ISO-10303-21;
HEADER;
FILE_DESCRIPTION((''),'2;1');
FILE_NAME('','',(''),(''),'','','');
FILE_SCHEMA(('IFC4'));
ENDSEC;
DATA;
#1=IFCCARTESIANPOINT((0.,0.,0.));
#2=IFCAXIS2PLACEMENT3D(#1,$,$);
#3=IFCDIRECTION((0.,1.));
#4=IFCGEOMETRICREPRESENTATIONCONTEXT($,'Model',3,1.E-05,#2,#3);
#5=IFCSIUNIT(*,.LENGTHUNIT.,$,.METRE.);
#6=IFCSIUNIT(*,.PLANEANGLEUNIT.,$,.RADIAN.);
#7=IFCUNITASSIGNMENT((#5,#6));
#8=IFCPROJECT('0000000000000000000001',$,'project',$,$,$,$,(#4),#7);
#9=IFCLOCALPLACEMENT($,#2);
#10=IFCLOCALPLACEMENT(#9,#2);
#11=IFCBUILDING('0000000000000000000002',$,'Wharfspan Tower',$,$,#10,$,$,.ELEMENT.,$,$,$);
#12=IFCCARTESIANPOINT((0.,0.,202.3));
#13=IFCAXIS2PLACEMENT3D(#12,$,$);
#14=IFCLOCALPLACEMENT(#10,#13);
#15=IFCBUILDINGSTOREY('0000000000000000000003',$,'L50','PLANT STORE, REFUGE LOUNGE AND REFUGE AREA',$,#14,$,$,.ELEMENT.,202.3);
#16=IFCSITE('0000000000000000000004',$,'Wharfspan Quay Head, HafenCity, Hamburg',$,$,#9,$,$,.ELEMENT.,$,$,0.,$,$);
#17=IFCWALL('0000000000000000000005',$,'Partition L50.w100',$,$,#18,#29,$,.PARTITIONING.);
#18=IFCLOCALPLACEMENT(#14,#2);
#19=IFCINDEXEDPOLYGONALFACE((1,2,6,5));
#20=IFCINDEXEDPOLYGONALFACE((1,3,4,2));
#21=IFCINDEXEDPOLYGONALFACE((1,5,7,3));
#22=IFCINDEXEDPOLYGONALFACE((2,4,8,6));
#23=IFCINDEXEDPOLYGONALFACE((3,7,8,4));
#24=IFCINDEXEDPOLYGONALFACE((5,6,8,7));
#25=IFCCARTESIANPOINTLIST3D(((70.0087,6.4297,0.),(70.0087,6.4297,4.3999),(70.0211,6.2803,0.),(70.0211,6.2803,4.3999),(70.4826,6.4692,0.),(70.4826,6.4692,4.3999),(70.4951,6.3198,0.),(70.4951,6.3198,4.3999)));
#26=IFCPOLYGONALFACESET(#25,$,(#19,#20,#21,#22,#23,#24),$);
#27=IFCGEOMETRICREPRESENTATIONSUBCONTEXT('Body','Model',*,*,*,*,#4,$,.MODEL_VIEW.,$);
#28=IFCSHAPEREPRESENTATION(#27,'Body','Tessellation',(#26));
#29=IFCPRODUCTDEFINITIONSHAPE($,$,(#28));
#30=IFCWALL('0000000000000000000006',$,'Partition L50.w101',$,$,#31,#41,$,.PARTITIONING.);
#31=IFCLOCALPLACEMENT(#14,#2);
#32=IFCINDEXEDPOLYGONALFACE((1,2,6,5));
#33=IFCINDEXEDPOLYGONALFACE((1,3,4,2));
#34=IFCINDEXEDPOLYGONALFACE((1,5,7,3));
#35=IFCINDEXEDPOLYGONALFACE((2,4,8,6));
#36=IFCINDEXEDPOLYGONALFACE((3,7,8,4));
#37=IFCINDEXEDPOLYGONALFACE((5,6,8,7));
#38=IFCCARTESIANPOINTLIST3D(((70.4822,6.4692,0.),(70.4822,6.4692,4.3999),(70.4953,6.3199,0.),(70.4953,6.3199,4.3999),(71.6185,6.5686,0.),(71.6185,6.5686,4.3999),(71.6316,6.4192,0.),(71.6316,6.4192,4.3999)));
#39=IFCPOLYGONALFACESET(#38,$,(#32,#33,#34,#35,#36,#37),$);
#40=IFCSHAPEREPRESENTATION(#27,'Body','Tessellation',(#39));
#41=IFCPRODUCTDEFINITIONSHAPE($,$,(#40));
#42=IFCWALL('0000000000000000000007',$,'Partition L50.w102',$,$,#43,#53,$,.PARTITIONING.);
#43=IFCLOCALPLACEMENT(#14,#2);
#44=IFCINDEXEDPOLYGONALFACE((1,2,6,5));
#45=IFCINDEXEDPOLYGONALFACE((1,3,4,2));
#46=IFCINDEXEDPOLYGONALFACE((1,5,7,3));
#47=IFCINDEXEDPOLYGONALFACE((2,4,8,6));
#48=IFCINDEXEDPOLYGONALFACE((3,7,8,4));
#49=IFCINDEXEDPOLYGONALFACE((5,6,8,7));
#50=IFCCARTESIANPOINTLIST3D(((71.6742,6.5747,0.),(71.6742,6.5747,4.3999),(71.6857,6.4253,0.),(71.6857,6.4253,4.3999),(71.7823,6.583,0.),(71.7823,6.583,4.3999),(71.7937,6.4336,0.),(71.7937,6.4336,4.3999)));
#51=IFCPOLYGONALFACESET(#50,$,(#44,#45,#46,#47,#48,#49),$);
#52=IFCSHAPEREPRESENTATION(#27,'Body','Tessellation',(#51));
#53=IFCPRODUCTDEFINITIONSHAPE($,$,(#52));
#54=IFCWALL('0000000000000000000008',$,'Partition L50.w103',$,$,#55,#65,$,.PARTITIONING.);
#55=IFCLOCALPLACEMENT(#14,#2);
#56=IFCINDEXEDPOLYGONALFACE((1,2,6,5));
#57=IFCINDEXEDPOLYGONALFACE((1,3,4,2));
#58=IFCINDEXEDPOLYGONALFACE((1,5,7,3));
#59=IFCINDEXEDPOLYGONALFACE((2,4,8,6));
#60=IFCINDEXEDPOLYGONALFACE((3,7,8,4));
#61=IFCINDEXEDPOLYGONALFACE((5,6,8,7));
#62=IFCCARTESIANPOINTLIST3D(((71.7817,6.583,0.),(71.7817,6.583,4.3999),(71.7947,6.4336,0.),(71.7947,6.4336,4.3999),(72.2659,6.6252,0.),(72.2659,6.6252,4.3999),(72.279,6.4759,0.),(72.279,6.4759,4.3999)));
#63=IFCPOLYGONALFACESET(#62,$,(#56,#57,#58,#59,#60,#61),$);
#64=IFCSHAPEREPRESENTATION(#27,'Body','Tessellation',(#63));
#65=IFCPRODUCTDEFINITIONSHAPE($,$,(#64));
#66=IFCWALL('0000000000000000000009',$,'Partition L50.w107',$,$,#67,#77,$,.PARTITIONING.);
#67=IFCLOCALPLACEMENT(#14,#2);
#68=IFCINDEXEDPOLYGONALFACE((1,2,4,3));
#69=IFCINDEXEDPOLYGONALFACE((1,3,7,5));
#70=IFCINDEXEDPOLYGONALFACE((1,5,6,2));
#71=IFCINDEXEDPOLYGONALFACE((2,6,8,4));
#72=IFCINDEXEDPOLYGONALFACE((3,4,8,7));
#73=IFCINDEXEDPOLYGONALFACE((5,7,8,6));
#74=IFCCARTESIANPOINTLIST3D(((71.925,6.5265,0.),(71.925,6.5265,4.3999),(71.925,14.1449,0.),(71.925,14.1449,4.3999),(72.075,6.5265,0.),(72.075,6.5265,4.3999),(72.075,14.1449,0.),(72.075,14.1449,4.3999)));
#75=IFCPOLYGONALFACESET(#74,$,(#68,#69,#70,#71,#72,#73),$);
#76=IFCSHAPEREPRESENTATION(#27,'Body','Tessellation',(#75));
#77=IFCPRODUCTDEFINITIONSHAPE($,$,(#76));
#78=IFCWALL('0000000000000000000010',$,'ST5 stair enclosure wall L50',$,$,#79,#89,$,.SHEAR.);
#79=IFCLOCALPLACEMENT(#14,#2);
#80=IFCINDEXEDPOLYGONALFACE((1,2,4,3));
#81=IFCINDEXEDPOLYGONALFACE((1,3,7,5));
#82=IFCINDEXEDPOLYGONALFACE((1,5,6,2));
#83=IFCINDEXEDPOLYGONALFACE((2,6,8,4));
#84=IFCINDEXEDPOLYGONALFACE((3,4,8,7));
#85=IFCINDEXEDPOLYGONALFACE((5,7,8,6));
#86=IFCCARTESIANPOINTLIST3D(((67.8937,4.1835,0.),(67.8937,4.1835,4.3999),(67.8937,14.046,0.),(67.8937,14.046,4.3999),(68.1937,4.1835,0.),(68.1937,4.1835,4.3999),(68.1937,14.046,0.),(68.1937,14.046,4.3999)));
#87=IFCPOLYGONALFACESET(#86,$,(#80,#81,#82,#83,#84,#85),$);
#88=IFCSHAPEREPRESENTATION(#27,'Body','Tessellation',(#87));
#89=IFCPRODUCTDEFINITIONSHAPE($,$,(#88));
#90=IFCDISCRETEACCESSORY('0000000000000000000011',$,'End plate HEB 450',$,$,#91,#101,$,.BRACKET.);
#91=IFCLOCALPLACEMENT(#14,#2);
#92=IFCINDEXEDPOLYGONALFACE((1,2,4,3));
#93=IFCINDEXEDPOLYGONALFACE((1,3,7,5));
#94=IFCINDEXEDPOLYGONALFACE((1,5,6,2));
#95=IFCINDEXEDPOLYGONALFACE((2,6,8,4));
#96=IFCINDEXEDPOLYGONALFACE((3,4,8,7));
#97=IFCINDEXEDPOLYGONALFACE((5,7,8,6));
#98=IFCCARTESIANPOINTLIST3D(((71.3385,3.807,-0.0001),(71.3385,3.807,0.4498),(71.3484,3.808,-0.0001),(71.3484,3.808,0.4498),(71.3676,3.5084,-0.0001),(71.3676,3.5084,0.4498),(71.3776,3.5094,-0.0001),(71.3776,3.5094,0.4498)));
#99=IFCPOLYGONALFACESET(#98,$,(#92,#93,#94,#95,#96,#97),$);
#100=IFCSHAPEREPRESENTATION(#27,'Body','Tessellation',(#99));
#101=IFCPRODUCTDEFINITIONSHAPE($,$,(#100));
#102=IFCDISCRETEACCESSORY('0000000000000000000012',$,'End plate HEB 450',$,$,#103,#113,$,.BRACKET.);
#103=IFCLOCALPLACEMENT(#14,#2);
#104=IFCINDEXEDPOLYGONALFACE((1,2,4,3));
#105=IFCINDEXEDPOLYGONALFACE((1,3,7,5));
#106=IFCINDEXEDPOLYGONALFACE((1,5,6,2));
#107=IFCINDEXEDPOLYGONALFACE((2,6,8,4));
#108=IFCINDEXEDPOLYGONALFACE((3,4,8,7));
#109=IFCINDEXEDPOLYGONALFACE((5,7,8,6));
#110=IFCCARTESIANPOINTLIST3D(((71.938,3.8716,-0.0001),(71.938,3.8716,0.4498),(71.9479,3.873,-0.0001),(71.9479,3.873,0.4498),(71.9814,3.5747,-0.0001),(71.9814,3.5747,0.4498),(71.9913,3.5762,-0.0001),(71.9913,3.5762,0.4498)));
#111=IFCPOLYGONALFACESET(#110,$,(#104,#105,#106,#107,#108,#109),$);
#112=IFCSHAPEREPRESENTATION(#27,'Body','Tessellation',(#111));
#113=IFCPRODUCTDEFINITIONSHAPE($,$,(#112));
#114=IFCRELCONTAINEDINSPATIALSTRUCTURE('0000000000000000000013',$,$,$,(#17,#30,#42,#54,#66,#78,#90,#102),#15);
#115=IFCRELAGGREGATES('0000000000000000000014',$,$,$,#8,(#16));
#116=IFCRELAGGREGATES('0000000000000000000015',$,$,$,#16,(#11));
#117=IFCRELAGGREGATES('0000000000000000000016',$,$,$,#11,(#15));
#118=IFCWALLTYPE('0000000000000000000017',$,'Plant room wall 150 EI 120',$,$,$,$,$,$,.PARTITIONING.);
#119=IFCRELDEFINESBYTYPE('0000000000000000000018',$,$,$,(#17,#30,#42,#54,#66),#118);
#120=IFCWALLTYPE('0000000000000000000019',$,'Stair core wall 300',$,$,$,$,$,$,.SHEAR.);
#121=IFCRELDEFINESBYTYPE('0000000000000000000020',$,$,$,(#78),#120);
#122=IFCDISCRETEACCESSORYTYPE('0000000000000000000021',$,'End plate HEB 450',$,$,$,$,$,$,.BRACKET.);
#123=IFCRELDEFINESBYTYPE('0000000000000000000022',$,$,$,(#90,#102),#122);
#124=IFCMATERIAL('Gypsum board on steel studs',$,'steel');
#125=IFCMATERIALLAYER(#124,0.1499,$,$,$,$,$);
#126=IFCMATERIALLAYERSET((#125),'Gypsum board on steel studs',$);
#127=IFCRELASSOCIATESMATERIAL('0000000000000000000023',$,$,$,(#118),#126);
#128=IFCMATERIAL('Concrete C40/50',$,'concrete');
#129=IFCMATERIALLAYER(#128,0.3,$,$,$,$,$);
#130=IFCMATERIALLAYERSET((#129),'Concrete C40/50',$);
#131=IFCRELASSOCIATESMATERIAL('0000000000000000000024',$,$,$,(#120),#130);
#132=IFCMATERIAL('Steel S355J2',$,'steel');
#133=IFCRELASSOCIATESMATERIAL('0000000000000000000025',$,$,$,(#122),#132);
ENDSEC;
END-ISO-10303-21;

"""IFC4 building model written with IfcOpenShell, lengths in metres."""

from ifc_helpers import new_model, si_unit, direction, frame, frame_2d, origin, origin_2d, place, context, subcontext, project, spatial, rectangle, extrude, material, layer, layer_set, material_profile, profile_set, type_object, element, save


model = new_model("IFC4")

# Units and contexts
model_context = context("Model", 3, precision=1e-05, world=origin(), true_north=direction((0.0, 1.0)))
body_context = subcontext(model_context, "Body", "Model", "MODEL_VIEW")
ifc_project = project(units=[si_unit("LENGTHUNIT", "METRE"), si_unit("PLANEANGLEUNIT", "RADIAN")], contexts=[model_context])

# Site, building, storey
site_placement = place(None, origin())
site = spatial("IfcSite", under=ifc_project, at=site_placement, Name="Wharfspan Quay Head, HafenCity, Hamburg", CompositionType="ELEMENT", RefElevation=0.0)
building_placement = place(site_placement, origin())
building = spatial("IfcBuilding", under=site, at=building_placement, Name="Wharfspan Tower", CompositionType="ELEMENT")
storey_placement = place(building_placement, frame((0.0, 0.0, 202.3)))
storey = spatial("IfcBuildingStorey", under=building, at=storey_placement, Name="L50", Description="PLANT STORE, REFUGE LOUNGE AND REFUGE AREA", CompositionType="ELEMENT", Elevation=202.3)

# Shared definitions
ifc_material_1 = material(Name="Steel S355J2", Category="steel")

# Walls
ifc_material_2 = material(Name="Gypsum board on steel studs", Category="steel")
ifc_layer_1 = layer(ifc_material_2, 0.1499)
ifc_layer_set_1 = layer_set([ifc_layer_1], Name="Gypsum board on steel studs")
wall_type_1 = type_object("IfcWallType", Name="Plant room wall 150 EI 120", PredefinedType="PARTITIONING", material=ifc_layer_set_1)
wall_1_placement = place(storey_placement, frame((70.0149, 6.355, 0.0), z_axis=(0.0, 0.0, 1.0), x_axis=(0.996536, 0.083173, 0.0)))
element("IfcWall", 1, at=wall_1_placement, inside=storey, type_object=wall_type_1, Name="Partition L50.w100", PredefinedType="PARTITIONING", context=body_context, shape_type="SweptSolid", body=[
    extrude(rectangle(XDim=0.4756, YDim=0.1499, at=frame_2d((0.2378, 0.0))), origin(), (0.0, 0.0, 1.0), 4.3999),
])
wall_2_placement = place(storey_placement, frame((70.4888, 6.3945, 0.0), z_axis=(0.0, 0.0, 1.0), x_axis=(0.996196, 0.087119, 0.0)))
element("IfcWall", 2, at=wall_2_placement, inside=storey, type_object=wall_type_1, Name="Partition L50.w101", PredefinedType="PARTITIONING", context=body_context, shape_type="SweptSolid", body=[
    extrude(rectangle(XDim=1.1406, YDim=0.1499, at=frame_2d((0.5703, 0.0))), origin(), (0.0, 0.0, 1.0), 4.3999),
])
wall_3_placement = place(storey_placement, frame((71.6799, 6.5, 0.0), z_axis=(0.0, 0.0, 1.0), x_axis=(0.997064, 0.076524, 0.0)))
element("IfcWall", 3, at=wall_3_placement, inside=storey, type_object=wall_type_1, Name="Partition L50.w102", PredefinedType="PARTITIONING", context=body_context, shape_type="SweptSolid", body=[
    extrude(rectangle(XDim=0.1084, YDim=0.1499, at=frame_2d((0.0542, 0.0))), origin(), (0.0, 0.0, 1.0), 4.3999),
])
wall_4_placement = place(storey_placement, frame((71.7881, 6.5083, 0.0), z_axis=(0.0, 0.0, 1.0), x_axis=(0.996212, 0.086911, 0.0)))
element("IfcWall", 4, at=wall_4_placement, inside=storey, type_object=wall_type_1, Name="Partition L50.w103", PredefinedType="PARTITIONING", context=body_context, shape_type="SweptSolid", body=[
    extrude(rectangle(XDim=0.4861, YDim=0.1499, at=frame_2d((0.2432, 0.0))), origin(), (0.0, 0.0, 1.0), 4.3999),
])
wall_5_placement = place(storey_placement, frame((72.0, 6.5266, 0.0), z_axis=(0.0, 0.0, 1.0), x_axis=(0.0, 1.0, 0.0)))
element("IfcWall", 5, at=wall_5_placement, inside=storey, type_object=wall_type_1, Name="Partition L50.w107", PredefinedType="PARTITIONING", context=body_context, shape_type="SweptSolid", body=[
    extrude(rectangle(XDim=7.6184, YDim=0.1499, at=frame_2d((3.8091, 0.0))), origin(), (0.0, 0.0, 1.0), 4.3999),
])
ifc_material_3 = material(Name="Concrete C40/50", Category="concrete")
ifc_layer_2 = layer(ifc_material_3, 0.3)
ifc_layer_set_2 = layer_set([ifc_layer_2], Name="Concrete C40/50")
wall_type_2 = type_object("IfcWallType", Name="Stair core wall 300", PredefinedType="SHEAR", material=ifc_layer_set_2)
wall_6_placement = place(storey_placement, frame((68.0437, 4.1836, 0.0), z_axis=(0.0, 0.0, 1.0), x_axis=(0.0, 1.0, 0.0)))
element("IfcWall", 6, at=wall_6_placement, inside=storey, type_object=wall_type_2, Name="ST5 stair enclosure wall L50", PredefinedType="SHEAR", context=body_context, shape_type="SweptSolid", body=[
    extrude(rectangle(XDim=9.8625, YDim=0.3, at=frame_2d((4.9312, 0.0))), origin(), (0.0, 0.0, 1.0), 4.3999),
])

# Discrete accessories
ifc_material_profile_1 = material_profile(ifc_material_1, rectangle(XDim=0.3, YDim=0.45, at=origin_2d()))
ifc_profile_set_1 = profile_set([ifc_material_profile_1], Name="Steel S355J2")
discrete_accessory_type = type_object("IfcDiscreteAccessoryType", Name="End plate HEB 450", PredefinedType="BRACKET", material=ifc_profile_set_1)
for number, where, z_axis, x_axis, name in (
    (7, (71.353, 3.6577, 0.2249), (0.995275, 0.0971, 0.0), (-0.0971, 0.995275, 0.0), "End plate HEB 450"),
    (8, (71.9597, 3.7231, 0.2249), (0.989461, 0.144799, 0.0), (-0.144799, 0.989461, 0.0), "End plate HEB 450"),
):
    element("IfcDiscreteAccessory", number, at=place(storey_placement, frame(where, z_axis=z_axis, x_axis=x_axis)), inside=storey, type_object=discrete_accessory_type, Name=name, PredefinedType="BRACKET", context=body_context, shape_type="SweptSolid", body=[
        extrude(rectangle(XDim=0.3, YDim=0.45, at=origin_2d()), origin(), (0.0, 0.0, 1.0), 0.01),
    ])

save(model, "model.ifc")
